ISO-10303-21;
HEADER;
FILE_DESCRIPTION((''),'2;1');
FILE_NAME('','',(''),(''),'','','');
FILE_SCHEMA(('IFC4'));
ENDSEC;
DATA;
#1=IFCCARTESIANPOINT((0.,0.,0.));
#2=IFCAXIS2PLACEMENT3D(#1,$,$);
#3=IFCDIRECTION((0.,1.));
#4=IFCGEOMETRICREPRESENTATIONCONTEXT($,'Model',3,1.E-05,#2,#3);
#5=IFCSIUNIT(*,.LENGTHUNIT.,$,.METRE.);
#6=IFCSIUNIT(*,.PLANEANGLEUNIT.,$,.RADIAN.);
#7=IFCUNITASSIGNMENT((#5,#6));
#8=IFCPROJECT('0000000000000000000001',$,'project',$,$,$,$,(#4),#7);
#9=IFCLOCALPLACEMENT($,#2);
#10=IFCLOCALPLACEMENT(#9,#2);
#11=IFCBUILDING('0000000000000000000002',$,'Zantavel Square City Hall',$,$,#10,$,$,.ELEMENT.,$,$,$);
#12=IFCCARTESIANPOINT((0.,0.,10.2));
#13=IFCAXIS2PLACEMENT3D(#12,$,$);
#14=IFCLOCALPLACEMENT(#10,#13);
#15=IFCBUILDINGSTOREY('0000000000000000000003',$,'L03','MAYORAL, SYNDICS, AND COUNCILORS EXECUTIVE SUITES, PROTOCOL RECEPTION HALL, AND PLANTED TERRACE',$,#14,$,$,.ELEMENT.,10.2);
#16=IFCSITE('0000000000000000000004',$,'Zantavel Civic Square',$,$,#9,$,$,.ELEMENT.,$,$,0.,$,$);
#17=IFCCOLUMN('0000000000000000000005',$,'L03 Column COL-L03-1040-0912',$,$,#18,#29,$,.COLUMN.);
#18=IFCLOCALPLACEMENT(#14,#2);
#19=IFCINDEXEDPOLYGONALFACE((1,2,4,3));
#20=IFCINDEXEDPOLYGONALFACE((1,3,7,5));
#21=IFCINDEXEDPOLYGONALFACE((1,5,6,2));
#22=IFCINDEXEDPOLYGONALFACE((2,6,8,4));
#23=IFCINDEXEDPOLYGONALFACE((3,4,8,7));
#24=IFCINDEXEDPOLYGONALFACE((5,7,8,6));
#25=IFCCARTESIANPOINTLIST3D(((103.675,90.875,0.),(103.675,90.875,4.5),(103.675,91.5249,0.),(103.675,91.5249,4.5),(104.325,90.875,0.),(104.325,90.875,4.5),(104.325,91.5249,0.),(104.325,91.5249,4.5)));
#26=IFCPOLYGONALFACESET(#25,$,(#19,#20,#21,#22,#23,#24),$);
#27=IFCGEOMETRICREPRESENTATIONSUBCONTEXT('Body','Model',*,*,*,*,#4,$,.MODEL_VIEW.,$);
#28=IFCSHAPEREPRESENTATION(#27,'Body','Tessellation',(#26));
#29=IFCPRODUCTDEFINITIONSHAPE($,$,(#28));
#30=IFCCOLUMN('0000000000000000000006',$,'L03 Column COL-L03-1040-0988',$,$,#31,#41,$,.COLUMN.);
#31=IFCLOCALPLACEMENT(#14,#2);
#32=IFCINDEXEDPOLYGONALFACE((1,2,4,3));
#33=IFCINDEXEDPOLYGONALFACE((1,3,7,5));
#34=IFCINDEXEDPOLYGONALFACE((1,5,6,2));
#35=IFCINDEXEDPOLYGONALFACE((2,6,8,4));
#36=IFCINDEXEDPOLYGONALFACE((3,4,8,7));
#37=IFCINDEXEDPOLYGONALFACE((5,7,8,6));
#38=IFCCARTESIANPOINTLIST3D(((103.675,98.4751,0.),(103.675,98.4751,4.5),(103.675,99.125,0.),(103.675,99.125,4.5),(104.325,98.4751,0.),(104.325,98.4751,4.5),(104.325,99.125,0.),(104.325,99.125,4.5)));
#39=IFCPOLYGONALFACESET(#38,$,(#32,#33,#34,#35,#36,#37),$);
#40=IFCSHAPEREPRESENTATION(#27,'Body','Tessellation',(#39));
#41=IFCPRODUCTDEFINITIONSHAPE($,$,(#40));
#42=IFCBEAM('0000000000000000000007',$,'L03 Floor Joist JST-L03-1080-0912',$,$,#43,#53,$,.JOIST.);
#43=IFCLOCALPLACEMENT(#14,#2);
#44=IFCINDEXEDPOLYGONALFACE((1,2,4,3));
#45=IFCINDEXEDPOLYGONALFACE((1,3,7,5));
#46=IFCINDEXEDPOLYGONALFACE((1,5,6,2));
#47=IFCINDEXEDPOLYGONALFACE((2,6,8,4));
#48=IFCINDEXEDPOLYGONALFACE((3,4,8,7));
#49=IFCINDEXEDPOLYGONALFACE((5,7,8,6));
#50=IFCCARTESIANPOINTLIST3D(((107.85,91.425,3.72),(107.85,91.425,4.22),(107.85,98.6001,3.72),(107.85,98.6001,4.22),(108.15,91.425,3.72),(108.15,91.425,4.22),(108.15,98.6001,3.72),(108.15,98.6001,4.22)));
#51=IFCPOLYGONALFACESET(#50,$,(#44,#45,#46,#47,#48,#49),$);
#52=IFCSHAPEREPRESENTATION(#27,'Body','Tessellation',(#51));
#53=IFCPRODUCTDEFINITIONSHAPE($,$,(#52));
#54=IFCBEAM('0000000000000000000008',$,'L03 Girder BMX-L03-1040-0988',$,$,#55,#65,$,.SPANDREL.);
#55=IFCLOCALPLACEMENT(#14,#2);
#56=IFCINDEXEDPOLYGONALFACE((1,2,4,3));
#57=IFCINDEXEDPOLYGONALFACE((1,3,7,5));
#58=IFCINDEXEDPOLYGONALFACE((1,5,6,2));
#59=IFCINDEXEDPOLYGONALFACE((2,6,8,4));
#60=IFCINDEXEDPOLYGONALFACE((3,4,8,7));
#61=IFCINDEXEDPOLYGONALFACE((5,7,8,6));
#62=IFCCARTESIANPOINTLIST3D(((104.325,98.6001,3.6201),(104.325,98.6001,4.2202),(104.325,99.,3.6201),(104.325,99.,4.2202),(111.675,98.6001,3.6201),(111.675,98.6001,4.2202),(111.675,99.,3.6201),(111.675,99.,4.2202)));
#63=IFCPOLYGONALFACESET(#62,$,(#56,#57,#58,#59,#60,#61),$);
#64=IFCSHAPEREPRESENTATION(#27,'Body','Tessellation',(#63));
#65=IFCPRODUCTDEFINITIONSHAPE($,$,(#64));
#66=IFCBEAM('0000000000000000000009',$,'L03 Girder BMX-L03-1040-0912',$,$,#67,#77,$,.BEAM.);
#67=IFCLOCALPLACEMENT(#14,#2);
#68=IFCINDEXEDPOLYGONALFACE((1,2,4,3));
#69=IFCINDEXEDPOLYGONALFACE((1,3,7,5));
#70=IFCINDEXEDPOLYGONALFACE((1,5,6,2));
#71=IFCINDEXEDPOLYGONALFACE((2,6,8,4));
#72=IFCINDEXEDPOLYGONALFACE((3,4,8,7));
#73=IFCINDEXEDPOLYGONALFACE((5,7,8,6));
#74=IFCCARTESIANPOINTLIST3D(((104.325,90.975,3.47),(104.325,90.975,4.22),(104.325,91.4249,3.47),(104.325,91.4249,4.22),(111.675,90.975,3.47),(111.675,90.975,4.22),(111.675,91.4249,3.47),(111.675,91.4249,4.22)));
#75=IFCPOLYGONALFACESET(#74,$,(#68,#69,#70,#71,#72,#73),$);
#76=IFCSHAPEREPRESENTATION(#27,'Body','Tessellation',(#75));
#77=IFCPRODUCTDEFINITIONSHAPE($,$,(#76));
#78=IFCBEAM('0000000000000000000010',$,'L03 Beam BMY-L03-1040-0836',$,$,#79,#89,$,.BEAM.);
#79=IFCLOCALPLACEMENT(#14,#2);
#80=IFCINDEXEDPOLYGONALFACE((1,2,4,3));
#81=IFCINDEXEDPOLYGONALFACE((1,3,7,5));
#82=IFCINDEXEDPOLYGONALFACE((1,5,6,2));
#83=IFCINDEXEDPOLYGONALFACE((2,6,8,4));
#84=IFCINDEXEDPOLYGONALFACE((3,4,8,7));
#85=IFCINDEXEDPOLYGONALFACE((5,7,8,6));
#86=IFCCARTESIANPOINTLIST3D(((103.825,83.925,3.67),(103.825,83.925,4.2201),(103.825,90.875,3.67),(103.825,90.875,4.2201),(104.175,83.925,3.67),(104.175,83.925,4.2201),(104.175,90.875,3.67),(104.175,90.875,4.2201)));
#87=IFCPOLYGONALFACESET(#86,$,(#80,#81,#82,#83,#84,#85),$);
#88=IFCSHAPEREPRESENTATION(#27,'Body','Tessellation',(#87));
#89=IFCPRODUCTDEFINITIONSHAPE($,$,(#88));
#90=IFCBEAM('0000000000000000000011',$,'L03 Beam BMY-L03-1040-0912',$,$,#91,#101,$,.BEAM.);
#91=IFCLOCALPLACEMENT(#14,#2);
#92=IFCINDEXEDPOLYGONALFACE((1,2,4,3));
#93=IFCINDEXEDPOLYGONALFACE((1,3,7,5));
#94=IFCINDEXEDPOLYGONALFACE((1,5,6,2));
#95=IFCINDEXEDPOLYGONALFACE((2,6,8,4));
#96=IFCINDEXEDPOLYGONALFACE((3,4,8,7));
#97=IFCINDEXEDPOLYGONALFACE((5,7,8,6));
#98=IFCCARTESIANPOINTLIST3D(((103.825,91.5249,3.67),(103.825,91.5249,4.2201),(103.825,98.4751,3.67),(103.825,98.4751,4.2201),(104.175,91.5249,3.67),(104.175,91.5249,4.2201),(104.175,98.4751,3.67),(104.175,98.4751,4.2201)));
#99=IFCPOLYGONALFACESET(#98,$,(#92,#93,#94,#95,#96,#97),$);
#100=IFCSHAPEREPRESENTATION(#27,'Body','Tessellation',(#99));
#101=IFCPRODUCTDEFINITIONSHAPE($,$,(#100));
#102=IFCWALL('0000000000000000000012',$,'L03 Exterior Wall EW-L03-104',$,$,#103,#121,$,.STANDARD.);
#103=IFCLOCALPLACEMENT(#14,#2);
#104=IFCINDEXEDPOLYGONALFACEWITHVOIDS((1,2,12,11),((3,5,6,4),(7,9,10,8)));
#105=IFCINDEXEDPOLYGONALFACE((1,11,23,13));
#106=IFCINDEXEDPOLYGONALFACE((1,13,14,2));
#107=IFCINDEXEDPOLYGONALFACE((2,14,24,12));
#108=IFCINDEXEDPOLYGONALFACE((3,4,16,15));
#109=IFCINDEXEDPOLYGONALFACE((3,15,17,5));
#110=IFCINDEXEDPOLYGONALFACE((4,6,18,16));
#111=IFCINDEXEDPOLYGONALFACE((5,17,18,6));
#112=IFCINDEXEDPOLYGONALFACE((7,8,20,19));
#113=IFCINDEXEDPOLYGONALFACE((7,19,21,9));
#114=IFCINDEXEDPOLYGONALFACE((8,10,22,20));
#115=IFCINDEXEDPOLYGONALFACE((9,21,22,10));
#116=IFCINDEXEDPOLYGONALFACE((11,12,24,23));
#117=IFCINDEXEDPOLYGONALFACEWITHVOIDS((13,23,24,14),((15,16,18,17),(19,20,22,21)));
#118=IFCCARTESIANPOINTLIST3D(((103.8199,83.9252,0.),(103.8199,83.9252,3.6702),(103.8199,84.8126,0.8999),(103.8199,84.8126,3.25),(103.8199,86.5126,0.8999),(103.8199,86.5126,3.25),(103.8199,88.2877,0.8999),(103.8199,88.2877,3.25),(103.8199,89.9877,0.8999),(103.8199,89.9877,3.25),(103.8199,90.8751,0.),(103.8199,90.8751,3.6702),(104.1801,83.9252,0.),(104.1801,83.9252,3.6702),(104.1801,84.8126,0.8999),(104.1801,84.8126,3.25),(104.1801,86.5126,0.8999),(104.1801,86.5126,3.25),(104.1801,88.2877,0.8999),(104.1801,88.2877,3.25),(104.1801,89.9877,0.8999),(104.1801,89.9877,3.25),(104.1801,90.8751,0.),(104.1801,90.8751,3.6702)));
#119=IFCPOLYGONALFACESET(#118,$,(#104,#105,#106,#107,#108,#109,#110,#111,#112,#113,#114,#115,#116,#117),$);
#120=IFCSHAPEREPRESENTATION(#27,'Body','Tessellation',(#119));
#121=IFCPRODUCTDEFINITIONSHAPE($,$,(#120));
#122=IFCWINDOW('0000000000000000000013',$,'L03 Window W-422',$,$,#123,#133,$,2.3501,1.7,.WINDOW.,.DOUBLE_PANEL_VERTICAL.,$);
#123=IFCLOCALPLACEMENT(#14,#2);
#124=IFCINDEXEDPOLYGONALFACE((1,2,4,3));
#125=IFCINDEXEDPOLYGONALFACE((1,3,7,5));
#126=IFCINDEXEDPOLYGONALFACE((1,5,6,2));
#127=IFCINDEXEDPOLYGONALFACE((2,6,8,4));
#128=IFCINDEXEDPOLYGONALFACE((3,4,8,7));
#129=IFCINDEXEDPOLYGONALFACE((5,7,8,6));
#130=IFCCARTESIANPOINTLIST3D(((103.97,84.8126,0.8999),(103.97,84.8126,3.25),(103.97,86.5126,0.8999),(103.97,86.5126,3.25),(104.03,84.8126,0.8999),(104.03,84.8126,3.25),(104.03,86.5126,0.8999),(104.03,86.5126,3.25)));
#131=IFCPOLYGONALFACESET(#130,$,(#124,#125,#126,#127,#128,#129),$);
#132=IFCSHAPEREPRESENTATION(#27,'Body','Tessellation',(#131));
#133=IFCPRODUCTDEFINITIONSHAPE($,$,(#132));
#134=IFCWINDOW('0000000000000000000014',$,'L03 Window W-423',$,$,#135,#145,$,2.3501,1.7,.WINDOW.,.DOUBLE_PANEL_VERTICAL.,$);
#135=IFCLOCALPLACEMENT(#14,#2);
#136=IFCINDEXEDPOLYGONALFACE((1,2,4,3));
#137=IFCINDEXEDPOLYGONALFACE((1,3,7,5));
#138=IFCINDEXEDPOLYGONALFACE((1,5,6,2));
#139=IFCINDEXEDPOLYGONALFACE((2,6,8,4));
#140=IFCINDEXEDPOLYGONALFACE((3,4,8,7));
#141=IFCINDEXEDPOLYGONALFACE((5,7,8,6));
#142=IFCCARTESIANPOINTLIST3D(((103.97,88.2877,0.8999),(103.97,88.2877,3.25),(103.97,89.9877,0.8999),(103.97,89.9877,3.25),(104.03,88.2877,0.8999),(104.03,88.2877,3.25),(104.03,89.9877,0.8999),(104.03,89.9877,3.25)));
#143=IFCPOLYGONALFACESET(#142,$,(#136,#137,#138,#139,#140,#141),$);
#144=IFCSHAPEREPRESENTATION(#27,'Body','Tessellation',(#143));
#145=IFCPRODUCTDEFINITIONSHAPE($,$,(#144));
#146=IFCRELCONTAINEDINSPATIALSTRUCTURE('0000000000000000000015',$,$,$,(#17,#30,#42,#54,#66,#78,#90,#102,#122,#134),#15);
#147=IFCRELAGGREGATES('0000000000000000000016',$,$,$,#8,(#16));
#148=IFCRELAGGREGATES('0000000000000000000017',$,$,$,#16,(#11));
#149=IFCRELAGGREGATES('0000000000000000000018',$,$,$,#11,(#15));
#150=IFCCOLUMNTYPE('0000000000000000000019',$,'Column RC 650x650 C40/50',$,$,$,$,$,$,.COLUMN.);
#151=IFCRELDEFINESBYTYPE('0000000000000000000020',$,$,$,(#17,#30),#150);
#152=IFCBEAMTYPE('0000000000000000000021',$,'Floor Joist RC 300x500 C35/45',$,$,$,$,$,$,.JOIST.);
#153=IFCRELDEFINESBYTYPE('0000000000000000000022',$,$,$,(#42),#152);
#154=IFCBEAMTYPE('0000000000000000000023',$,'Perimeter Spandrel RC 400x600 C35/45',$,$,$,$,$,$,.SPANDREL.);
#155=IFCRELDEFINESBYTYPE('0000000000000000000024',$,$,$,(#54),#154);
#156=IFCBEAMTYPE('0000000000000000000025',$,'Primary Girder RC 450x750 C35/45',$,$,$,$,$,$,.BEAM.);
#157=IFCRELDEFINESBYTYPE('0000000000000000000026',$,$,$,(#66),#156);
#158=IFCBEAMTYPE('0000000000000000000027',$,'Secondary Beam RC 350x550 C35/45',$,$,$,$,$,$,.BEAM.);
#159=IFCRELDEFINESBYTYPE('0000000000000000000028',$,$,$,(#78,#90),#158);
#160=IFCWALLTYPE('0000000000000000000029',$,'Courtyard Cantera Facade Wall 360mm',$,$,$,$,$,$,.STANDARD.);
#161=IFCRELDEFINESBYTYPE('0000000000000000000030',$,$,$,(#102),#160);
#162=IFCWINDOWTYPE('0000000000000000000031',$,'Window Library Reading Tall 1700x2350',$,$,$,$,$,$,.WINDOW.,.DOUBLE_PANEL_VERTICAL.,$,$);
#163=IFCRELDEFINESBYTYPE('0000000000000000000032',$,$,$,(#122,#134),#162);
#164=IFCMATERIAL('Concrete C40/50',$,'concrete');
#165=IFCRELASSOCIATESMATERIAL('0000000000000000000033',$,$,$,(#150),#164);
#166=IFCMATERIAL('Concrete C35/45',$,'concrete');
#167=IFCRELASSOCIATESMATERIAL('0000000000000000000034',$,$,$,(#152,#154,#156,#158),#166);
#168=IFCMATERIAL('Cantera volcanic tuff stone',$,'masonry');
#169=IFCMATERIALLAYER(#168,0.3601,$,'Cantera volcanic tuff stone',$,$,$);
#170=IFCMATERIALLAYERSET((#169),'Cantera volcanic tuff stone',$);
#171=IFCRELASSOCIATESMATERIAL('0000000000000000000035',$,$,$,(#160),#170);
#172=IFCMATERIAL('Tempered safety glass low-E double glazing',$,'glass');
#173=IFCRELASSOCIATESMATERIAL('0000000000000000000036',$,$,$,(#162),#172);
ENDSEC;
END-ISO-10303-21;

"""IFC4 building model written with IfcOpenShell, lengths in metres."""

from ifc_helpers import new_model, si_unit, direction, frame, frame_2d, origin, origin_2d, place, context, subcontext, project, spatial, rectangle, extrude, material, layer, layer_set, material_profile, profile_set, type_object, element, fill, save


model = new_model("IFC4")

# Units and contexts
model_context = context("Model", 3, precision=1e-05, world=origin(), true_north=direction((0.0, 1.0)))
body_context = subcontext(model_context, "Body", "Model", "MODEL_VIEW")
ifc_project = project(units=[si_unit("LENGTHUNIT", "METRE"), si_unit("PLANEANGLEUNIT", "RADIAN")], contexts=[model_context])

# Site, building, storey
site_placement = place(None, origin())
site = spatial("IfcSite", under=ifc_project, at=site_placement, Name="Zantavel Civic Square", CompositionType="ELEMENT", RefElevation=0.0)
building_placement = place(site_placement, origin())
building = spatial("IfcBuilding", under=site, at=building_placement, Name="Zantavel Square City Hall", CompositionType="ELEMENT")
storey_placement = place(building_placement, frame((0.0, 0.0, 10.2)))
storey = spatial("IfcBuildingStorey", under=building, at=storey_placement, Name="L03", Description="MAYORAL, SYNDICS, AND COUNCILORS EXECUTIVE SUITES, PROTOCOL RECEPTION HALL, AND PLANTED TERRACE", CompositionType="ELEMENT", Elevation=10.2)

# Columns
ifc_material_1 = material(Name="Concrete C40/50", Category="concrete")
ifc_material_profile_1 = material_profile(ifc_material_1, rectangle(XDim=0.6499, YDim=0.6499, at=origin_2d()), Name="RC 650x650")
ifc_profile_set_1 = profile_set([ifc_material_profile_1], Name="Concrete C40/50")
column_type = type_object("IfcColumnType", Name="Column RC 650x650 C40/50", PredefinedType="COLUMN", material=ifc_profile_set_1)
for number, where, z_axis, x_axis, name in (
    (1, (104.0, 91.2, 0.0), (0.0, 0.0, 1.0), (1.0, 0.0, 0.0), "L03 Column COL-L03-1040-0912"),
    (2, (104.0, 98.8, 0.0), (0.0, 0.0, 1.0), (1.0, 0.0, 0.0), "L03 Column COL-L03-1040-0988"),
):
    element("IfcColumn", number, at=place(storey_placement, frame(where, z_axis=z_axis, x_axis=x_axis)), inside=storey, type_object=column_type, Name=name, PredefinedType="COLUMN", context=body_context, shape_type="SweptSolid", body=[
        extrude(rectangle(XDim=0.6499, YDim=0.6499, at=origin_2d()), origin(), (0.0, 0.0, 1.0), 4.5),
    ])

# Beams
ifc_material_2 = material(Name="Concrete C35/45", Category="concrete")
ifc_material_profile_2 = material_profile(ifc_material_2, rectangle(XDim=0.3, YDim=0.5, at=origin_2d()), Name="RC 300x500")
ifc_profile_set_2 = profile_set([ifc_material_profile_2], Name="Concrete C35/45")
beam_type_1 = type_object("IfcBeamType", Name="Floor Joist RC 300x500 C35/45", PredefinedType="JOIST", material=ifc_profile_set_2)
beam_1_placement = place(storey_placement, frame((108.0, 91.425, 3.97), z_axis=(0.0, 1.0, 0.0), x_axis=(-1.0, 0.0, 0.0)))
element("IfcBeam", 3, at=beam_1_placement, inside=storey, type_object=beam_type_1, Name="L03 Floor Joist JST-L03-1080-0912", PredefinedType="JOIST", context=body_context, shape_type="SweptSolid", body=[
    extrude(rectangle(XDim=0.3, YDim=0.5, at=origin_2d()), origin(), (0.0, 0.0, 1.0), 7.175),
])
ifc_material_profile_3 = material_profile(ifc_material_2, rectangle(XDim=0.3999, YDim=0.6001, at=origin_2d()), Name="RC 400x600")
ifc_profile_set_3 = profile_set([ifc_material_profile_3], Name="Concrete C35/45")
beam_type_2 = type_object("IfcBeamType", Name="Perimeter Spandrel RC 400x600 C35/45", PredefinedType="SPANDREL", material=ifc_profile_set_3)
beam_2_placement = place(storey_placement, frame((104.325, 98.8, 3.9202), z_axis=(1.0, 0.0, 0.0), x_axis=(0.0, 1.0, 0.0)))
element("IfcBeam", 4, at=beam_2_placement, inside=storey, type_object=beam_type_2, Name="L03 Girder BMX-L03-1040-0988", PredefinedType="SPANDREL", context=body_context, shape_type="SweptSolid", body=[
    extrude(rectangle(XDim=0.3999, YDim=0.6001, at=origin_2d()), origin(), (0.0, 0.0, 1.0), 7.3501),
])
ifc_material_profile_4 = material_profile(ifc_material_2, rectangle(XDim=0.45, YDim=0.75, at=origin_2d()), Name="RC 450x750")
ifc_profile_set_4 = profile_set([ifc_material_profile_4], Name="Concrete C35/45")
beam_type_3 = type_object("IfcBeamType", Name="Primary Girder RC 450x750 C35/45", PredefinedType="BEAM", material=ifc_profile_set_4)
beam_3_placement = place(storey_placement, frame((104.325, 91.2, 3.845), z_axis=(1.0, 0.0, 0.0), x_axis=(0.0, 1.0, 0.0)))
element("IfcBeam", 5, at=beam_3_placement, inside=storey, type_object=beam_type_3, Name="L03 Girder BMX-L03-1040-0912", PredefinedType="BEAM", context=body_context, shape_type="SweptSolid", body=[
    extrude(rectangle(XDim=0.45, YDim=0.75, at=origin_2d()), origin(), (0.0, 0.0, 1.0), 7.3501),
])
ifc_material_profile_5 = material_profile(ifc_material_2, rectangle(XDim=0.3501, YDim=0.55, at=origin_2d()), Name="RC 350x550")
ifc_profile_set_5 = profile_set([ifc_material_profile_5], Name="Concrete C35/45")
beam_type_4 = type_object("IfcBeamType", Name="Secondary Beam RC 350x550 C35/45", PredefinedType="BEAM", material=ifc_profile_set_5)
beam_4_placement = place(storey_placement, frame((104.0, 83.925, 3.9451), z_axis=(0.0, 1.0, 0.0), x_axis=(-1.0, 0.0, 0.0)))
element("IfcBeam", 6, at=beam_4_placement, inside=storey, type_object=beam_type_4, Name="L03 Beam BMY-L03-1040-0836", PredefinedType="BEAM", context=body_context, shape_type="SweptSolid", body=[
    extrude(rectangle(XDim=0.3501, YDim=0.55, at=origin_2d()), origin(), (0.0, 0.0, 1.0), 6.95),
])
beam_5_placement = place(storey_placement, frame((104.0, 91.5249, 3.9451), z_axis=(0.0, 1.0, 0.0), x_axis=(-1.0, 0.0, 0.0)))
element("IfcBeam", 7, at=beam_5_placement, inside=storey, type_object=beam_type_4, Name="L03 Beam BMY-L03-1040-0912", PredefinedType="BEAM", context=body_context, shape_type="SweptSolid", body=[
    extrude(rectangle(XDim=0.3501, YDim=0.55, at=origin_2d()), origin(), (0.0, 0.0, 1.0), 6.9502),
])

# Wall, openings, windows
ifc_material_3 = material(Name="Cantera volcanic tuff stone", Category="masonry")
ifc_layer_1 = layer(ifc_material_3, 0.3601, Name="Cantera volcanic tuff stone")
ifc_layer_set_1 = layer_set([ifc_layer_1], Name="Cantera volcanic tuff stone")
wall_type_1 = type_object("IfcWallType", Name="Courtyard Cantera Facade Wall 360mm", PredefinedType="STANDARD", material=ifc_layer_set_1)
wall_1_placement = place(storey_placement, frame((104.0, 83.925, 0.0), z_axis=(0.0, 0.0, 1.0), x_axis=(0.0, 1.0, 0.0)))
wall_1 = element("IfcWall", 8, at=wall_1_placement, inside=storey, type_object=wall_type_1, Name="L03 Exterior Wall EW-L03-104", PredefinedType="STANDARD", context=body_context, shape_type="SweptSolid", body=[
    extrude(rectangle(XDim=6.95, YDim=0.3601, at=frame_2d((3.4751, 0.0))), origin(), (0.0, 0.0, 1.0), 3.6702),
])
opening_1_placement = place(wall_1_placement, frame((0.8875, 0.0, 0.8999)))
opening_1 = element("IfcOpeningElement", 9, at=opening_1_placement, cuts=wall_1, PredefinedType="OPENING", context=body_context, shape_type="SweptSolid", body=[
    extrude(rectangle(XDim=1.7, YDim=2.3501, at=frame_2d((0.8501, 1.175))), frame((0.0, 0.1899, 0.0), z_axis=(0.0, -1.0, 0.0), x_axis=(1.0, 0.0, 0.0)), (0.0, 0.0, 1.0), 0.3801),
])
opening_2_placement = place(wall_1_placement, frame((4.3625, 0.0, 0.8999)))
opening_2 = element("IfcOpeningElement", 10, at=opening_2_placement, cuts=wall_1, PredefinedType="OPENING", context=body_context, shape_type="SweptSolid", body=[
    extrude(rectangle(XDim=1.7, YDim=2.3501, at=frame_2d((0.8501, 1.175))), frame((0.0, 0.1899, 0.0), z_axis=(0.0, -1.0, 0.0), x_axis=(1.0, 0.0, 0.0)), (0.0, 0.0, 1.0), 0.3801),
])
ifc_material_4 = material(Name="Tempered safety glass low-E double glazing", Category="glass")
window_type_1 = type_object("IfcWindowType", Name="Window Library Reading Tall 1700x2350", PartitioningType="DOUBLE_PANEL_VERTICAL", PredefinedType="WINDOW", material=ifc_material_4)
window_1_placement = place(opening_1_placement, origin())
window_1 = element("IfcWindow", 11, at=window_1_placement, inside=storey, type_object=window_type_1, Name="L03 Window W-422", OverallHeight=2.3501, OverallWidth=1.7, PartitioningType="DOUBLE_PANEL_VERTICAL", PredefinedType="WINDOW", context=body_context, shape_type="SweptSolid", body=[
    extrude(rectangle(XDim=1.7, YDim=2.3501, at=frame_2d((0.8501, 1.175))), frame((0.0, 0.03, 0.0), z_axis=(0.0, -1.0, 0.0), x_axis=(1.0, 0.0, 0.0)), (0.0, 0.0, 1.0), 0.0601),
])
fill(opening_1, window_1)
window_2_placement = place(opening_2_placement, origin())
window_2 = element("IfcWindow", 12, at=window_2_placement, inside=storey, type_object=window_type_1, Name="L03 Window W-423", OverallHeight=2.3501, OverallWidth=1.7, PartitioningType="DOUBLE_PANEL_VERTICAL", PredefinedType="WINDOW", context=body_context, shape_type="SweptSolid", body=[
    extrude(rectangle(XDim=1.7, YDim=2.3501, at=frame_2d((0.8501, 1.175))), frame((0.0, 0.03, 0.0), z_axis=(0.0, -1.0, 0.0), x_axis=(1.0, 0.0, 0.0)), (0.0, 0.0, 1.0), 0.0601),
])
fill(opening_2, window_2)

save(model, "model.ifc")
